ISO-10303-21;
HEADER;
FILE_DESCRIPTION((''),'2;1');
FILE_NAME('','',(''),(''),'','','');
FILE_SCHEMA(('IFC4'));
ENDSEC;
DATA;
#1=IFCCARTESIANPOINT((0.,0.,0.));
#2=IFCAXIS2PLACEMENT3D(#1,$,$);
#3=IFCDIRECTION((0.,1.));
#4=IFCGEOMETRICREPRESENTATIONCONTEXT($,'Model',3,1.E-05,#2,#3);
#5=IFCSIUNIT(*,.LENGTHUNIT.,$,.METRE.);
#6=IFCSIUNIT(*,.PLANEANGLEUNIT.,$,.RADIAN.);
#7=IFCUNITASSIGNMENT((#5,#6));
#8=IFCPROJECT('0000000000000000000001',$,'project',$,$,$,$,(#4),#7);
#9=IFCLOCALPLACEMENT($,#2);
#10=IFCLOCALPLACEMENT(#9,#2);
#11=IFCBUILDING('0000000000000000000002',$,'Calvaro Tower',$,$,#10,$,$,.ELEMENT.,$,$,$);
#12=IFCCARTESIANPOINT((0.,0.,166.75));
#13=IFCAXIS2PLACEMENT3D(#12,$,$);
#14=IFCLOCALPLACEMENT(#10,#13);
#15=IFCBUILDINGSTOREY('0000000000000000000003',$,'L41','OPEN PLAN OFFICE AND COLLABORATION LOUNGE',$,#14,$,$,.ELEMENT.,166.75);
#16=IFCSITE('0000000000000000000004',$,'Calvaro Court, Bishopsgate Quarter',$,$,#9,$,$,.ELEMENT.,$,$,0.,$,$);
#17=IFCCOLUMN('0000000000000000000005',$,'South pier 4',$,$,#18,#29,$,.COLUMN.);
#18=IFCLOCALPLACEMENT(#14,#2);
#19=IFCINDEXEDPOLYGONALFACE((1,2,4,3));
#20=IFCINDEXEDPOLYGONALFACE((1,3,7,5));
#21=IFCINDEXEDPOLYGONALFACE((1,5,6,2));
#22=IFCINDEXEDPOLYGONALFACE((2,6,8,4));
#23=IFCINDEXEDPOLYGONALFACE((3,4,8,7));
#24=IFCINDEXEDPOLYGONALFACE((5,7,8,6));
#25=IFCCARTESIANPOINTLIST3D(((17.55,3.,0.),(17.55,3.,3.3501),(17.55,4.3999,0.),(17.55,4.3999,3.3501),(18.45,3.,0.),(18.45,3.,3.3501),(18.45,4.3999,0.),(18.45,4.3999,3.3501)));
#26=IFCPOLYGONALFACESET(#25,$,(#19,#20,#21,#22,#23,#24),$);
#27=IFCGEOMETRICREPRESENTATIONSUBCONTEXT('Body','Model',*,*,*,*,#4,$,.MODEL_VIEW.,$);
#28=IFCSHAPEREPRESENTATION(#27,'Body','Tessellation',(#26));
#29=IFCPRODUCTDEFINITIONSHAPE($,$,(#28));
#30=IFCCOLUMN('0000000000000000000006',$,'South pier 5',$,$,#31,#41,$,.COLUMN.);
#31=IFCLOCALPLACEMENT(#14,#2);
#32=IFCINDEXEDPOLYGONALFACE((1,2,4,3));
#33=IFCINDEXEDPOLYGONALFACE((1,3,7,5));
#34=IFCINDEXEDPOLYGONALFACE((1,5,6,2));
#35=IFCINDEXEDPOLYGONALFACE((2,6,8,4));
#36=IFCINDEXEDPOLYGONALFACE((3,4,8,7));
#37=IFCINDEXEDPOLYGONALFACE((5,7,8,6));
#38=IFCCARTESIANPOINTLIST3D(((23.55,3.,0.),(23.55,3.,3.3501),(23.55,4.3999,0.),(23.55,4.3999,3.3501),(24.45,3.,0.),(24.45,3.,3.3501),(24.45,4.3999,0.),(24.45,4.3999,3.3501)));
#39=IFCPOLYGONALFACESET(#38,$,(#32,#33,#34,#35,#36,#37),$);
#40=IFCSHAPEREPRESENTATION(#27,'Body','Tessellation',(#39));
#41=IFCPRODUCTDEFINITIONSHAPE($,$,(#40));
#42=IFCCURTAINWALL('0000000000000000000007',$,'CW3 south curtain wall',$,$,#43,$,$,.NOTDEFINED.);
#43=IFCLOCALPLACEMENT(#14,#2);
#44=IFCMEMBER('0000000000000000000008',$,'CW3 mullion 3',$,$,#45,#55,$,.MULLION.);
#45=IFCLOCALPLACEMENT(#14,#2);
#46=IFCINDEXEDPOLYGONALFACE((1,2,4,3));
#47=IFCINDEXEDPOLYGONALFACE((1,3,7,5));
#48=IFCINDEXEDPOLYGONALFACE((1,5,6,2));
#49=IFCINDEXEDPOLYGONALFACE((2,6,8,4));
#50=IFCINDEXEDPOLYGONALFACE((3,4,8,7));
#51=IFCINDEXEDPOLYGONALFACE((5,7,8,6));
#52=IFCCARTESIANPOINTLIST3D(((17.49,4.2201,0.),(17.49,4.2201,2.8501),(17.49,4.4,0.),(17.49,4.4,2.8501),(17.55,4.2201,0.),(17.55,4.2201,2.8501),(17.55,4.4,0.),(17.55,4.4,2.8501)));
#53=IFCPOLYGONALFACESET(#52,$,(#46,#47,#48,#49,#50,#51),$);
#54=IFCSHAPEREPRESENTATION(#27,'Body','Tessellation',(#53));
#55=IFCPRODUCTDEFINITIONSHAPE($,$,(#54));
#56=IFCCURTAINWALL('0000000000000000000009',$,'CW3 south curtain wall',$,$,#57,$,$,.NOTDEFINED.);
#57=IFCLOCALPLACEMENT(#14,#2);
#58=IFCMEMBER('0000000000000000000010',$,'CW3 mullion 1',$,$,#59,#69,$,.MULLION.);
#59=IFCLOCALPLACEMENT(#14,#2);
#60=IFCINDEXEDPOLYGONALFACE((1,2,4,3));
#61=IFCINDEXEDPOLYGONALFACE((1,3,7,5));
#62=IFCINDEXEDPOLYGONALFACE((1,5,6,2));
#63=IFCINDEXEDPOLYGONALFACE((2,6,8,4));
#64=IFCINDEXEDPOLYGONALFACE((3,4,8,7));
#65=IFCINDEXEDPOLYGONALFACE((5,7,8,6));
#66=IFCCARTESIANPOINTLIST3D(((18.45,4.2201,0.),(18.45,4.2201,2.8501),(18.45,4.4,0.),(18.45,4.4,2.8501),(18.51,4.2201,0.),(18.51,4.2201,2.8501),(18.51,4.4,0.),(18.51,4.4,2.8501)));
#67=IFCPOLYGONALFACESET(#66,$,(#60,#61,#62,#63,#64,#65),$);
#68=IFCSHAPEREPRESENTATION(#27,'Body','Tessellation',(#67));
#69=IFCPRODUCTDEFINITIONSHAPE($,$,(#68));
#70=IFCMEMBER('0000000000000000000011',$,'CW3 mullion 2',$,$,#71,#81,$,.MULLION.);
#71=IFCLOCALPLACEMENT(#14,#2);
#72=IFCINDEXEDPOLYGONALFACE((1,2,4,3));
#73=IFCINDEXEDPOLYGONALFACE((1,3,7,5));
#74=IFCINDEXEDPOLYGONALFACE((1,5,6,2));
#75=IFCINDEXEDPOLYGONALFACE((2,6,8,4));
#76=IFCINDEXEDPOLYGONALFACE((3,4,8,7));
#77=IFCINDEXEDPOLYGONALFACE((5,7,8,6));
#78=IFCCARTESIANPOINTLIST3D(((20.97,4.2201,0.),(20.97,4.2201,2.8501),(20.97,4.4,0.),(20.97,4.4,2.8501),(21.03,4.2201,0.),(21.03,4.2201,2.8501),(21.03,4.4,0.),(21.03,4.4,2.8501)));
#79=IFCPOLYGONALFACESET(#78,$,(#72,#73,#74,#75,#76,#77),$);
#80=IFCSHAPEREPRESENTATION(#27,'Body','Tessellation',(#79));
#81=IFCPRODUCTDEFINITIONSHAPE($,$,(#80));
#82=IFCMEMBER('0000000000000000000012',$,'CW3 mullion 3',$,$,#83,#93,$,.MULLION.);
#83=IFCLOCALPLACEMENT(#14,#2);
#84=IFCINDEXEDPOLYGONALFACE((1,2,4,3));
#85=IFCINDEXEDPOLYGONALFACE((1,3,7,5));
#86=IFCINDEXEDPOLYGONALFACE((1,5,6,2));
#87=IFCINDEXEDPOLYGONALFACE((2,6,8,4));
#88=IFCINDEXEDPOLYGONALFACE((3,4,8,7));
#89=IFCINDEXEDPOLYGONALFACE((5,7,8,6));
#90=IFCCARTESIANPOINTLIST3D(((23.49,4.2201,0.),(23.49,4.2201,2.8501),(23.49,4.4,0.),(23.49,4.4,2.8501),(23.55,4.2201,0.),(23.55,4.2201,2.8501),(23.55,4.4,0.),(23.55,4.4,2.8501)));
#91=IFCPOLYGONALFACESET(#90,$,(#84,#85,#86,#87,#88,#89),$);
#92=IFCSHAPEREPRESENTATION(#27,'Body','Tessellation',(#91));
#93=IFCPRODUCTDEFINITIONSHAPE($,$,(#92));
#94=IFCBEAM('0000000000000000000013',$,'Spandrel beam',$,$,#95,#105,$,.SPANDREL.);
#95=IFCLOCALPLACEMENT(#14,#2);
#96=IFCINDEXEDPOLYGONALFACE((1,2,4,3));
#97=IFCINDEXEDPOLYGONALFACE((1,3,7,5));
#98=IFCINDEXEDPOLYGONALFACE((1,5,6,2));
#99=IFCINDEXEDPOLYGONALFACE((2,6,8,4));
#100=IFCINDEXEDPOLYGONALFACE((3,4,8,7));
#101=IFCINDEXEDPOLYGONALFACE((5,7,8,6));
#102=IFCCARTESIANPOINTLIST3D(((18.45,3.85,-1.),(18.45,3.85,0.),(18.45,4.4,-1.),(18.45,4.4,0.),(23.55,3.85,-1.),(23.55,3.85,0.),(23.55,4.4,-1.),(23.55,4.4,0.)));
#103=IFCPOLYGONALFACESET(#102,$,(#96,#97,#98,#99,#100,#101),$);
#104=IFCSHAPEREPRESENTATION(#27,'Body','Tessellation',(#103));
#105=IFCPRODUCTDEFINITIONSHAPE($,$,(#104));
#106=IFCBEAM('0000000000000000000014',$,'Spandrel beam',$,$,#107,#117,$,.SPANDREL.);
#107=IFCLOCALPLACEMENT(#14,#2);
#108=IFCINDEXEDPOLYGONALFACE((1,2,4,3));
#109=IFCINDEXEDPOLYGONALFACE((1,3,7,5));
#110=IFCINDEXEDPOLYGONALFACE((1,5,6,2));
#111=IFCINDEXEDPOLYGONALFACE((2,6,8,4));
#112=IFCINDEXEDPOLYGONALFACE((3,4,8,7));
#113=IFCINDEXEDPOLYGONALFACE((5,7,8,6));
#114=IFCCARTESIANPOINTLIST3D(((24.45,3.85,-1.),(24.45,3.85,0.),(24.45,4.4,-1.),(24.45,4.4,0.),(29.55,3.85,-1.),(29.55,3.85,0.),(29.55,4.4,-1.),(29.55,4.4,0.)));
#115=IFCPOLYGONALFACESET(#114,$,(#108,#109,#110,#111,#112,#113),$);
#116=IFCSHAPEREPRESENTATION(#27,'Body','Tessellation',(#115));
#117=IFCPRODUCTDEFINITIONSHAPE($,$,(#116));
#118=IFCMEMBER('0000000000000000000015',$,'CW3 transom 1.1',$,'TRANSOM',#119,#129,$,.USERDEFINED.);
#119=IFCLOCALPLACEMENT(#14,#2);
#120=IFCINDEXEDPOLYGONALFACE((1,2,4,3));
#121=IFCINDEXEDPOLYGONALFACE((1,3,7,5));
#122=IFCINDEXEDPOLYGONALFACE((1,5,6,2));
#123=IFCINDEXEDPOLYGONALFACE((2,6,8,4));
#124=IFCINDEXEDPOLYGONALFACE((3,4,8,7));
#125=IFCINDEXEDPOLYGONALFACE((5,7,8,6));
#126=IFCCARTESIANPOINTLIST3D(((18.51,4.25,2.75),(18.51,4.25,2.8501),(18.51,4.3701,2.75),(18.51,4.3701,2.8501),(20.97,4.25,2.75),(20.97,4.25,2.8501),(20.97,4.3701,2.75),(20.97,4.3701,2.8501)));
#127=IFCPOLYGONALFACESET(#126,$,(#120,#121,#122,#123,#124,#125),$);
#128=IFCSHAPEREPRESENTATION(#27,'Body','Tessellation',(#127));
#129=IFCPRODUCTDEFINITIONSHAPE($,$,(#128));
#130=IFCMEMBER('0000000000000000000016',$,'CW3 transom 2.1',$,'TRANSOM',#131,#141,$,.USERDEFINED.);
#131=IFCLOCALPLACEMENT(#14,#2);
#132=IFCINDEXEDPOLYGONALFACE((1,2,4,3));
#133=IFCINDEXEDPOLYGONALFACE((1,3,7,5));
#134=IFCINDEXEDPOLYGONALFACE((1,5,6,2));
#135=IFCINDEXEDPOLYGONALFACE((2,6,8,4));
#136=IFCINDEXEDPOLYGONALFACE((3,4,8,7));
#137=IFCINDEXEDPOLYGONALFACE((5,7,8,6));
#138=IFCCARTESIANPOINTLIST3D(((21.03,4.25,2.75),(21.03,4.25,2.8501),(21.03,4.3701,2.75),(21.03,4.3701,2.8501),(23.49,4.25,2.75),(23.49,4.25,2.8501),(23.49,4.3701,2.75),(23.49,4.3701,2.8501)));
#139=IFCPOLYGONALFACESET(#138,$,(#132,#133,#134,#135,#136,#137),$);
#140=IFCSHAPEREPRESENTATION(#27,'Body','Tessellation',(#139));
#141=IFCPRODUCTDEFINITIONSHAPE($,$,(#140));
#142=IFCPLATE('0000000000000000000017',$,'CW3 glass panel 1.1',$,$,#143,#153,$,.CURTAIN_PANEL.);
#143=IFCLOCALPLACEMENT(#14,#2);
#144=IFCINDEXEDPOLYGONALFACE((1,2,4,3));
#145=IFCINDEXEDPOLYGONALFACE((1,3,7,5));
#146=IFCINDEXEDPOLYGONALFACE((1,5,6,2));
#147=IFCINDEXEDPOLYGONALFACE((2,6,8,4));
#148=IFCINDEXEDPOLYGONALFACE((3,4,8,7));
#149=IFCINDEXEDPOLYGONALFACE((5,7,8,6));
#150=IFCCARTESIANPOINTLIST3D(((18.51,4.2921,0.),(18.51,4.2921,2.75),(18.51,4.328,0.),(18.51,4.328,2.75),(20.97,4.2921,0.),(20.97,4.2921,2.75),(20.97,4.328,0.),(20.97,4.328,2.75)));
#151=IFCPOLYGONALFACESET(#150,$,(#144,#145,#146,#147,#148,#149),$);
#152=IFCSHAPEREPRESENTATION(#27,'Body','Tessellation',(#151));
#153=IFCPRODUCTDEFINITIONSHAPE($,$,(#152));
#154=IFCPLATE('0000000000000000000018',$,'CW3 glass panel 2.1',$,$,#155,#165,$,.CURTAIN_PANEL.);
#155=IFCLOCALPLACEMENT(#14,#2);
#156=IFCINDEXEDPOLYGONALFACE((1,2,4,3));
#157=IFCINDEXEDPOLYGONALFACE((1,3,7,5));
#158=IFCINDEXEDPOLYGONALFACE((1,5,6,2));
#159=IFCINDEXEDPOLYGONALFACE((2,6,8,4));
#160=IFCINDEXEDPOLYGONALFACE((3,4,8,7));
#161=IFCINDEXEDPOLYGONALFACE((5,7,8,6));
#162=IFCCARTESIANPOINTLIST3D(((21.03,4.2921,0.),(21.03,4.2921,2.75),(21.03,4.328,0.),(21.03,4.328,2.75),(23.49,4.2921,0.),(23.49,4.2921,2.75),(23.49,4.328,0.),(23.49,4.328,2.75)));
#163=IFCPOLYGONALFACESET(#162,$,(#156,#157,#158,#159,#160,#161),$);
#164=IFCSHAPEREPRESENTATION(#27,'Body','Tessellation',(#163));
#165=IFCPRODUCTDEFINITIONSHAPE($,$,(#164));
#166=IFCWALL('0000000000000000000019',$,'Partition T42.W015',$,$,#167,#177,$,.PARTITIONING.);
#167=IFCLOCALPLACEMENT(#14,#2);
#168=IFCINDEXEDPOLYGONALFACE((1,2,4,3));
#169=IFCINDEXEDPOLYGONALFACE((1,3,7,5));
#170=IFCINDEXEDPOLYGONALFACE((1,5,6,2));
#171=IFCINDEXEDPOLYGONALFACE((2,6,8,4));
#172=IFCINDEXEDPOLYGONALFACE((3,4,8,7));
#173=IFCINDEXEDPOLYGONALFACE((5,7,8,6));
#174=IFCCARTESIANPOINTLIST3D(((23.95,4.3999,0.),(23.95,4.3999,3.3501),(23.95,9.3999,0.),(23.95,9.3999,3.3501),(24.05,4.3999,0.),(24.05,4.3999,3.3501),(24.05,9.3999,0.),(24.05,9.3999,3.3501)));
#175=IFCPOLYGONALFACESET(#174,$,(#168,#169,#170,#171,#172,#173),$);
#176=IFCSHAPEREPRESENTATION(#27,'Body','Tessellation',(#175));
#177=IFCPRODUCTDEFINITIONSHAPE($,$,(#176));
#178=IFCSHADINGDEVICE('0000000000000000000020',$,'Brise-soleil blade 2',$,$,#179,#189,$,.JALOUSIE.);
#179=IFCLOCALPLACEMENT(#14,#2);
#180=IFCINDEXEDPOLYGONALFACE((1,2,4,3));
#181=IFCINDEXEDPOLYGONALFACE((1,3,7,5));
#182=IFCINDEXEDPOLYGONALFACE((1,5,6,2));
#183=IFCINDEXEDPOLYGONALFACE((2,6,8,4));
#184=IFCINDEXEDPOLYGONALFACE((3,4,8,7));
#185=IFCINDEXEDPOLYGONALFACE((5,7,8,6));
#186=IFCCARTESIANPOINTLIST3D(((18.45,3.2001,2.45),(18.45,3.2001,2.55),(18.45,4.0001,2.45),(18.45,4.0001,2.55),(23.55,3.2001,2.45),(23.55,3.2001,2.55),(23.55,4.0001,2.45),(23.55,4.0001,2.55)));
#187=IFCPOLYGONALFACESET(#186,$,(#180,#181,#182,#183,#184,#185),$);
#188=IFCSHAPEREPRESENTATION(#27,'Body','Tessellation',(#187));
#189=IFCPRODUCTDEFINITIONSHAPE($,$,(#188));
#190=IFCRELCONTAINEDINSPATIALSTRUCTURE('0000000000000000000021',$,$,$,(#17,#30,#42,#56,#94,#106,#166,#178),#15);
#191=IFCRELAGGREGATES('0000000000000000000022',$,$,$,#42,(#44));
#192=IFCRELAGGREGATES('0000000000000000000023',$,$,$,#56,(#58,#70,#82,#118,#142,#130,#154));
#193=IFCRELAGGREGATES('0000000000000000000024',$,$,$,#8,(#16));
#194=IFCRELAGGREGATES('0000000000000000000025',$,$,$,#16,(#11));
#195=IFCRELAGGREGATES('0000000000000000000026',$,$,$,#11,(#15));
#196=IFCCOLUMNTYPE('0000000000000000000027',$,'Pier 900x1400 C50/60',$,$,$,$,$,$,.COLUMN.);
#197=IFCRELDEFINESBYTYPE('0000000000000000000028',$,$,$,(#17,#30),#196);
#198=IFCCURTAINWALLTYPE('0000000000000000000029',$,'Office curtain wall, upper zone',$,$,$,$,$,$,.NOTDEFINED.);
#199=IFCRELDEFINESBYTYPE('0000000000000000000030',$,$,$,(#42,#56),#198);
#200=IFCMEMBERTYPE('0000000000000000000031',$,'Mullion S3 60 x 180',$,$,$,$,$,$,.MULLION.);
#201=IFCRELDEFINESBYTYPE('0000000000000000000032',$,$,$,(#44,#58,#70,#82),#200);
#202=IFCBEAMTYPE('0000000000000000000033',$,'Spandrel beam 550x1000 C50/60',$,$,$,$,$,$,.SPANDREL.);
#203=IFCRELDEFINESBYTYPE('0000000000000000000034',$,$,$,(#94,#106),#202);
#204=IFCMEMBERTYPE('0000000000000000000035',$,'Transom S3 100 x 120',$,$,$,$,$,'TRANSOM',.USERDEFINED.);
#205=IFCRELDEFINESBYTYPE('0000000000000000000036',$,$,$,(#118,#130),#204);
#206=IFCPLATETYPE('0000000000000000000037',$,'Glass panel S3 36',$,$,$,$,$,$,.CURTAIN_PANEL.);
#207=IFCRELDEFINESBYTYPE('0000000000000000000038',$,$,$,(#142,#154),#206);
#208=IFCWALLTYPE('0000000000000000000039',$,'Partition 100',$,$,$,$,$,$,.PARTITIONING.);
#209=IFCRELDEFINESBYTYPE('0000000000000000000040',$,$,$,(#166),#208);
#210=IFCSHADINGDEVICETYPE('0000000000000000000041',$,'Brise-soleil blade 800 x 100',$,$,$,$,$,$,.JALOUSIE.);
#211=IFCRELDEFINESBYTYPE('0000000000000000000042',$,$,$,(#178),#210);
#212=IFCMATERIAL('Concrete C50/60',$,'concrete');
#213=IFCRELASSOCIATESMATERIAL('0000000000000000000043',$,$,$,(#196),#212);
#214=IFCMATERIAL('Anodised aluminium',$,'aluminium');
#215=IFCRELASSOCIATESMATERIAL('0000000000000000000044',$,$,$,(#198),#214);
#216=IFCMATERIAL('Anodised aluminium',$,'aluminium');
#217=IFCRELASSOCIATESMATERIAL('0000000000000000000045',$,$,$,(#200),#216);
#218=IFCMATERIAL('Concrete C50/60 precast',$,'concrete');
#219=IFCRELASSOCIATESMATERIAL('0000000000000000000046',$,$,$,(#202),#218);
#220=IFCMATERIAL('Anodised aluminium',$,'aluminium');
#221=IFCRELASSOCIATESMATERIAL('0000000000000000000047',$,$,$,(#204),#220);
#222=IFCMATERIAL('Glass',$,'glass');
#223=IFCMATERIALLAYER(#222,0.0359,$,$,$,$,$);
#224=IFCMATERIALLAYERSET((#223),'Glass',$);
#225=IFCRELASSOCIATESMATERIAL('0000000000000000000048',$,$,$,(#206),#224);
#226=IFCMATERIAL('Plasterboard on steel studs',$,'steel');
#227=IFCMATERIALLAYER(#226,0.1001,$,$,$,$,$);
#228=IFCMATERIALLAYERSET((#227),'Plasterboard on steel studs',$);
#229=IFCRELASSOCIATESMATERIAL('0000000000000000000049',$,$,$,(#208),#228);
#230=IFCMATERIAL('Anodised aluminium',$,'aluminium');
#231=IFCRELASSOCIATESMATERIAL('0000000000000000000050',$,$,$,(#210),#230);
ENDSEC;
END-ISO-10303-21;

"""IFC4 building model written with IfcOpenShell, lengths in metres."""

from ifc_helpers import new_model, si_unit, direction, frame, frame_2d, origin, origin_2d, place, context, subcontext, project, spatial, rectangle, extrude, material, layer, layer_set, material_profile, profile_set, type_object, element, aggregate, save


model = new_model("IFC4")

# Units and contexts
model_context = context("Model", 3, precision=1e-05, world=origin(), true_north=direction((0.0, 1.0)))
body_context = subcontext(model_context, "Body", "Model", "MODEL_VIEW")
ifc_project = project(units=[si_unit("LENGTHUNIT", "METRE"), si_unit("PLANEANGLEUNIT", "RADIAN")], contexts=[model_context])

# Site, building, storey
site_placement = place(None, origin())
site = spatial("IfcSite", under=ifc_project, at=site_placement, Name="Calvaro Court, Bishopsgate Quarter", CompositionType="ELEMENT", RefElevation=0.0)
building_placement = place(site_placement, origin())
building = spatial("IfcBuilding", under=site, at=building_placement, Name="Calvaro Tower", CompositionType="ELEMENT")
storey_placement = place(building_placement, frame((0.0, 0.0, 166.75)))
storey = spatial("IfcBuildingStorey", under=building, at=storey_placement, Name="L41", Description="OPEN PLAN OFFICE AND COLLABORATION LOUNGE", CompositionType="ELEMENT", Elevation=166.75)

# Columns
ifc_material_1 = material(Name="Concrete C50/60", Category="concrete")
ifc_material_profile_1 = material_profile(ifc_material_1, rectangle(XDim=0.8999, YDim=1.3999, at=origin_2d()), Name="RC 900x1400")
ifc_profile_set_1 = profile_set([ifc_material_profile_1], Name="Concrete C50/60")
column_type = type_object("IfcColumnType", Name="Pier 900x1400 C50/60", PredefinedType="COLUMN", material=ifc_profile_set_1)
for number, where, z_axis, x_axis, name in (
    (1, (18.0, 3.7, 0.0), (0.0, 0.0, 1.0), (1.0, 0.0, 0.0), "South pier 4"),
    (2, (24.0, 3.7, 0.0), (0.0, 0.0, 1.0), (1.0, 0.0, 0.0), "South pier 5"),
):
    element("IfcColumn", number, at=place(storey_placement, frame(where, z_axis=z_axis, x_axis=x_axis)), inside=storey, type_object=column_type, Name=name, PredefinedType="COLUMN", context=body_context, shape_type="SweptSolid", body=[
        extrude(rectangle(XDim=0.8999, YDim=1.3999, at=origin_2d()), origin(), (0.0, 0.0, 1.0), 3.3501),
    ])

# Curtain wall, member
ifc_material_2 = material(Name="Anodised aluminium", Category="aluminium")
curtain_wall_type = type_object("IfcCurtainWallType", Name="Office curtain wall, upper zone", PredefinedType="NOTDEFINED", material=ifc_material_2)
curtain_wall_1_placement = place(storey_placement, origin())
curtain_wall_1 = element("IfcCurtainWall", 3, at=curtain_wall_1_placement, inside=storey, type_object=curtain_wall_type, Name="CW3 south curtain wall", PredefinedType="NOTDEFINED")
ifc_material_3 = material(Name="Anodised aluminium", Category="aluminium")
ifc_material_profile_2 = material_profile(ifc_material_3, rectangle(XDim=0.1799, YDim=0.0601, at=origin_2d()), Name="Mullion S3 60 x 180")
ifc_profile_set_2 = profile_set([ifc_material_profile_2], Name="Anodised aluminium")
member_type_1 = type_object("IfcMemberType", Name="Mullion S3 60 x 180", PredefinedType="MULLION", material=ifc_profile_set_2)
member_1_placement = place(storey_placement, frame((17.52, 4.3101, 0.0), z_axis=(0.0, 0.0, 1.0), x_axis=(0.0, 1.0, 0.0)))
member_1 = element("IfcMember", 4, at=member_1_placement, type_object=member_type_1, Name="CW3 mullion 3", PredefinedType="MULLION", context=body_context, shape_type="SweptSolid", body=[
    extrude(rectangle(XDim=0.1799, YDim=0.0601, at=origin_2d()), origin(), (0.0, 0.0, 1.0), 2.8501),
])
aggregate(curtain_wall_1, [member_1])

# Curtain wall, members
curtain_wall_2_placement = place(storey_placement, origin())
curtain_wall_2 = element("IfcCurtainWall", 5, at=curtain_wall_2_placement, inside=storey, type_object=curtain_wall_type, Name="CW3 south curtain wall", PredefinedType="NOTDEFINED")
member_2_placement = place(storey_placement, frame((18.48, 4.3101, 0.0), z_axis=(0.0, 0.0, 1.0), x_axis=(0.0, 1.0, 0.0)))
member_2 = element("IfcMember", 6, at=member_2_placement, type_object=member_type_1, Name="CW3 mullion 1", PredefinedType="MULLION", context=body_context, shape_type="SweptSolid", body=[
    extrude(rectangle(XDim=0.1799, YDim=0.0601, at=origin_2d()), origin(), (0.0, 0.0, 1.0), 2.8501),
])
member_3_placement = place(storey_placement, frame((21.0, 4.3101, 0.0), z_axis=(0.0, 0.0, 1.0), x_axis=(0.0, 1.0, 0.0)))
member_3 = element("IfcMember", 7, at=member_3_placement, type_object=member_type_1, Name="CW3 mullion 2", PredefinedType="MULLION", context=body_context, shape_type="SweptSolid", body=[
    extrude(rectangle(XDim=0.1799, YDim=0.0601, at=origin_2d()), origin(), (0.0, 0.0, 1.0), 2.8501),
])
member_4_placement = place(storey_placement, frame((23.52, 4.3101, 0.0), z_axis=(0.0, 0.0, 1.0), x_axis=(0.0, 1.0, 0.0)))
member_4 = element("IfcMember", 8, at=member_4_placement, type_object=member_type_1, Name="CW3 mullion 3", PredefinedType="MULLION", context=body_context, shape_type="SweptSolid", body=[
    extrude(rectangle(XDim=0.1799, YDim=0.0601, at=origin_2d()), origin(), (0.0, 0.0, 1.0), 2.8501),
])

# Beams
ifc_material_4 = material(Name="Concrete C50/60 precast", Category="concrete")
ifc_material_profile_3 = material_profile(ifc_material_4, rectangle(XDim=0.55, YDim=1.0, at=origin_2d()), Name="RC 550x1000")
ifc_profile_set_3 = profile_set([ifc_material_profile_3], Name="Concrete C50/60 precast")
beam_type = type_object("IfcBeamType", Name="Spandrel beam 550x1000 C50/60", PredefinedType="SPANDREL", material=ifc_profile_set_3)
for number, where, z_axis, x_axis, name in (
    (9, (18.45, 4.125, -0.5), (1.0, 0.0, 0.0), (0.0, 1.0, 0.0), "Spandrel beam"),
    (10, (24.45, 4.125, -0.5), (1.0, 0.0, 0.0), (0.0, 1.0, 0.0), "Spandrel beam"),
):
    element("IfcBeam", number, at=place(storey_placement, frame(where, z_axis=z_axis, x_axis=x_axis)), inside=storey, type_object=beam_type, Name=name, PredefinedType="SPANDREL", context=body_context, shape_type="SweptSolid", body=[
        extrude(rectangle(XDim=0.55, YDim=1.0, at=origin_2d()), origin(), (0.0, 0.0, 1.0), 5.1001),
    ])

# Members
ifc_material_5 = material(Name="Anodised aluminium", Category="aluminium")
ifc_material_profile_4 = material_profile(ifc_material_5, rectangle(XDim=0.1201, YDim=0.1001, at=origin_2d()), Name="Transom S3 100 x 120")
ifc_profile_set_4 = profile_set([ifc_material_profile_4], Name="Anodised aluminium")
member_type_2 = type_object("IfcMemberType", Name="Transom S3 100 x 120", ElementType="TRANSOM", PredefinedType="USERDEFINED", material=ifc_profile_set_4)
member_5_placement = place(storey_placement, frame((18.51, 4.3101, 2.8), z_axis=(1.0, 0.0, 0.0), x_axis=(0.0, 1.0, 0.0)))
member_5 = element("IfcMember", 11, at=member_5_placement, type_object=member_type_2, Name="CW3 transom 1.1", ObjectType="TRANSOM", PredefinedType="USERDEFINED", context=body_context, shape_type="SweptSolid", body=[
    extrude(rectangle(XDim=0.1201, YDim=0.1001, at=origin_2d()), origin(), (0.0, 0.0, 1.0), 2.46),
])
member_6_placement = place(storey_placement, frame((21.03, 4.3101, 2.8), z_axis=(1.0, 0.0, 0.0), x_axis=(0.0, 1.0, 0.0)))
member_6 = element("IfcMember", 12, at=member_6_placement, type_object=member_type_2, Name="CW3 transom 2.1", ObjectType="TRANSOM", PredefinedType="USERDEFINED", context=body_context, shape_type="SweptSolid", body=[
    extrude(rectangle(XDim=0.1201, YDim=0.1001, at=origin_2d()), origin(), (0.0, 0.0, 1.0), 2.46),
])

# Plates
ifc_material_6 = material(Name="Glass", Category="glass")
ifc_layer_1 = layer(ifc_material_6, 0.0359)
ifc_layer_set_1 = layer_set([ifc_layer_1], Name="Glass")
plate_type = type_object("IfcPlateType", Name="Glass panel S3 36", PredefinedType="CURTAIN_PANEL", material=ifc_layer_set_1)
plate_1_placement = place(storey_placement, frame((19.74, 4.3101, 0.0), z_axis=(0.0, 0.0, 1.0), x_axis=(1.0, 0.0, 0.0)))
plate_1 = element("IfcPlate", 13, at=plate_1_placement, type_object=plate_type, Name="CW3 glass panel 1.1", PredefinedType="CURTAIN_PANEL", context=body_context, shape_type="SweptSolid", body=[
    extrude(rectangle(XDim=2.46, YDim=0.0359, at=origin_2d()), origin(), (0.0, 0.0, 1.0), 2.75),
])
plate_2_placement = place(storey_placement, frame((22.26, 4.3101, 0.0), z_axis=(0.0, 0.0, 1.0), x_axis=(1.0, 0.0, 0.0)))
plate_2 = element("IfcPlate", 14, at=plate_2_placement, type_object=plate_type, Name="CW3 glass panel 2.1", PredefinedType="CURTAIN_PANEL", context=body_context, shape_type="SweptSolid", body=[
    extrude(rectangle(XDim=2.46, YDim=0.0359, at=origin_2d()), origin(), (0.0, 0.0, 1.0), 2.75),
])
aggregate(curtain_wall_2, [member_2, member_3, member_4, member_5, plate_1, member_6, plate_2])

# Wall
ifc_material_7 = material(Name="Plasterboard on steel studs", Category="steel")
ifc_layer_2 = layer(ifc_material_7, 0.1001)
ifc_layer_set_2 = layer_set([ifc_layer_2], Name="Plasterboard on steel studs")
wall_type_1 = type_object("IfcWallType", Name="Partition 100", PredefinedType="PARTITIONING", material=ifc_layer_set_2)
wall_1_placement = place(storey_placement, frame((24.0, 4.3999, 0.0), z_axis=(0.0, 0.0, 1.0), x_axis=(0.0, 1.0, 0.0)))
element("IfcWall", 15, at=wall_1_placement, inside=storey, type_object=wall_type_1, Name="Partition T42.W015", PredefinedType="PARTITIONING", context=body_context, shape_type="SweptSolid", body=[
    extrude(rectangle(XDim=5.0, YDim=0.1001, at=frame_2d((2.5, 0.0))), origin(), (0.0, 0.0, 1.0), 3.3501),
])

# Shading device
ifc_material_8 = material(Name="Anodised aluminium", Category="aluminium")
ifc_material_profile_5 = material_profile(ifc_material_8, rectangle(XDim=0.8, YDim=0.1001, at=origin_2d()), Name="Brise-soleil blade 800 x 100")
ifc_profile_set_5 = profile_set([ifc_material_profile_5], Name="Anodised aluminium")
shading_device_type = type_object("IfcShadingDeviceType", Name="Brise-soleil blade 800 x 100", PredefinedType="JALOUSIE", material=ifc_profile_set_5)
for number, where, z_axis, x_axis, name in (
    (16, (18.45, 3.6001, 2.5), (1.0, 0.0, 0.0), (0.0, 1.0, 0.0), "Brise-soleil blade 2"),
):
    element("IfcShadingDevice", number, at=place(storey_placement, frame(where, z_axis=z_axis, x_axis=x_axis)), inside=storey, type_object=shading_device_type, Name=name, PredefinedType="JALOUSIE", context=body_context, shape_type="SweptSolid", body=[
        extrude(rectangle(XDim=0.8, YDim=0.1001, at=origin_2d()), origin(), (0.0, 0.0, 1.0), 5.1001),
    ])

save(model, "model.ifc")
